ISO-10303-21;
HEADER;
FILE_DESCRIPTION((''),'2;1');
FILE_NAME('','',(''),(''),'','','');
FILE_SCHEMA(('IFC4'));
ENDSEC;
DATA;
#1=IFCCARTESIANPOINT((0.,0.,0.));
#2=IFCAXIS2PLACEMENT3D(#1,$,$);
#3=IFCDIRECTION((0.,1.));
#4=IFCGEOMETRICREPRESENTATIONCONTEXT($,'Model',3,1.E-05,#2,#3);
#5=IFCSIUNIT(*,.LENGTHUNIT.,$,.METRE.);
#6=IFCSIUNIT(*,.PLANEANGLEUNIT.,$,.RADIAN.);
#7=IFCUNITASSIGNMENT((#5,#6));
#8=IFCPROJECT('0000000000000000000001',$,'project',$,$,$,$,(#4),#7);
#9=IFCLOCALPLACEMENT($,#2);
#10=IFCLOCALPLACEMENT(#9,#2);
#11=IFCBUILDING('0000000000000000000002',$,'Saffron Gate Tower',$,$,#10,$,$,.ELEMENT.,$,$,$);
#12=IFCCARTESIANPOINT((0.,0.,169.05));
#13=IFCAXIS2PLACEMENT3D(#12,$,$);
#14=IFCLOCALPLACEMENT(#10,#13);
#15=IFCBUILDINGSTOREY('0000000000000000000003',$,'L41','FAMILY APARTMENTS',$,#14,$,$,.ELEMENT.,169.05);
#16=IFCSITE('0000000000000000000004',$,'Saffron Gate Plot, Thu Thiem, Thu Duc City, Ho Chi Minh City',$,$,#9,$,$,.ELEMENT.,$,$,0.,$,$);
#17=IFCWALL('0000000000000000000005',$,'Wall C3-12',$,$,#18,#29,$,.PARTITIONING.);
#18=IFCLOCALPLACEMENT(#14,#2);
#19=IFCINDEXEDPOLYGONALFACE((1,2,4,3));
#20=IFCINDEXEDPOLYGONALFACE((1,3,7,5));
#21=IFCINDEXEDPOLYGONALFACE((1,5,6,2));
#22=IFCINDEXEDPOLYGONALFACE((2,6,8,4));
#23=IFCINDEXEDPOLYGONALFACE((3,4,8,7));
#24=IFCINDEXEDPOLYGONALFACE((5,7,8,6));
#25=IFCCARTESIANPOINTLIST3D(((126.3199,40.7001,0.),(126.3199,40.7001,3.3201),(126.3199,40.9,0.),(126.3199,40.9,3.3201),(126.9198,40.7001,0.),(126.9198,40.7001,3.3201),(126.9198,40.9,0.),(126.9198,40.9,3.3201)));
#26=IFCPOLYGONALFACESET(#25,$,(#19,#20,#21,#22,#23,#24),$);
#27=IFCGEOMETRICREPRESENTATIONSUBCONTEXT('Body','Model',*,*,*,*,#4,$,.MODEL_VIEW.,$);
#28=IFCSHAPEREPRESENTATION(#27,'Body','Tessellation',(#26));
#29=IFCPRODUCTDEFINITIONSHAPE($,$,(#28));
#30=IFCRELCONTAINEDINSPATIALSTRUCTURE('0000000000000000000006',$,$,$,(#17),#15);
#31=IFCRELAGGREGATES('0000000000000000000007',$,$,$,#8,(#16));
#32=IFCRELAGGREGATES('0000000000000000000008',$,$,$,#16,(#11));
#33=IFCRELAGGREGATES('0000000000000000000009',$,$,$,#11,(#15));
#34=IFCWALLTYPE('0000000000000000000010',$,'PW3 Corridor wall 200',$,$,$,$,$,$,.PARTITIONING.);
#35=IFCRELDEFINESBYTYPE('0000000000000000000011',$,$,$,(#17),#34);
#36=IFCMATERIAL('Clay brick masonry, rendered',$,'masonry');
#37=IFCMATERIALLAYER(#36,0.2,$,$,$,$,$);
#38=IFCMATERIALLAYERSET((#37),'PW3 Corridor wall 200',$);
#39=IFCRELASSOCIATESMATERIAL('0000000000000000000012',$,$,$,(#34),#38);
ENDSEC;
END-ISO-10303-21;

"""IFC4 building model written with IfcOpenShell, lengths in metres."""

from ifc_helpers import new_model, si_unit, direction, frame, frame_2d, origin, place, context, subcontext, project, spatial, rectangle, extrude, material, layer, layer_set, type_object, element, save


model = new_model("IFC4")

# Units and contexts
model_context = context("Model", 3, precision=1e-05, world=origin(), true_north=direction((0.0, 1.0)))
body_context = subcontext(model_context, "Body", "Model", "MODEL_VIEW")
ifc_project = project(units=[si_unit("LENGTHUNIT", "METRE"), si_unit("PLANEANGLEUNIT", "RADIAN")], contexts=[model_context])

# Site, building, storey
site_placement = place(None, origin())
site = spatial("IfcSite", under=ifc_project, at=site_placement, Name="Saffron Gate Plot, Thu Thiem, Thu Duc City, Ho Chi Minh City", CompositionType="ELEMENT", RefElevation=0.0)
building_placement = place(site_placement, origin())
building = spatial("IfcBuilding", under=site, at=building_placement, Name="Saffron Gate Tower", CompositionType="ELEMENT")
storey_placement = place(building_placement, frame((0.0, 0.0, 169.05)))
storey = spatial("IfcBuildingStorey", under=building, at=storey_placement, Name="L41", Description="FAMILY APARTMENTS", CompositionType="ELEMENT", Elevation=169.05)

# Wall
ifc_material_1 = material(Name="Clay brick masonry, rendered", Category="masonry")
ifc_layer_1 = layer(ifc_material_1, 0.2)
ifc_layer_set_1 = layer_set([ifc_layer_1], Name="PW3 Corridor wall 200")
wall_type_1 = type_object("IfcWallType", Name="PW3 Corridor wall 200", PredefinedType="PARTITIONING", material=ifc_layer_set_1)
wall_1_placement = place(storey_placement, frame((126.3201, 40.8, 0.0), z_axis=(0.0, 0.0, 1.0), x_axis=(1.0, 0.0, 0.0)))
element("IfcWall", 1, at=wall_1_placement, inside=storey, type_object=wall_type_1, Name="Wall C3-12", PredefinedType="PARTITIONING", context=body_context, shape_type="SweptSolid", body=[
    extrude(rectangle(XDim=0.5999, YDim=0.2, at=frame_2d((0.2998, 0.0))), origin(), (0.0, 0.0, 1.0), 3.3201),
])

save(model, "model.ifc")
